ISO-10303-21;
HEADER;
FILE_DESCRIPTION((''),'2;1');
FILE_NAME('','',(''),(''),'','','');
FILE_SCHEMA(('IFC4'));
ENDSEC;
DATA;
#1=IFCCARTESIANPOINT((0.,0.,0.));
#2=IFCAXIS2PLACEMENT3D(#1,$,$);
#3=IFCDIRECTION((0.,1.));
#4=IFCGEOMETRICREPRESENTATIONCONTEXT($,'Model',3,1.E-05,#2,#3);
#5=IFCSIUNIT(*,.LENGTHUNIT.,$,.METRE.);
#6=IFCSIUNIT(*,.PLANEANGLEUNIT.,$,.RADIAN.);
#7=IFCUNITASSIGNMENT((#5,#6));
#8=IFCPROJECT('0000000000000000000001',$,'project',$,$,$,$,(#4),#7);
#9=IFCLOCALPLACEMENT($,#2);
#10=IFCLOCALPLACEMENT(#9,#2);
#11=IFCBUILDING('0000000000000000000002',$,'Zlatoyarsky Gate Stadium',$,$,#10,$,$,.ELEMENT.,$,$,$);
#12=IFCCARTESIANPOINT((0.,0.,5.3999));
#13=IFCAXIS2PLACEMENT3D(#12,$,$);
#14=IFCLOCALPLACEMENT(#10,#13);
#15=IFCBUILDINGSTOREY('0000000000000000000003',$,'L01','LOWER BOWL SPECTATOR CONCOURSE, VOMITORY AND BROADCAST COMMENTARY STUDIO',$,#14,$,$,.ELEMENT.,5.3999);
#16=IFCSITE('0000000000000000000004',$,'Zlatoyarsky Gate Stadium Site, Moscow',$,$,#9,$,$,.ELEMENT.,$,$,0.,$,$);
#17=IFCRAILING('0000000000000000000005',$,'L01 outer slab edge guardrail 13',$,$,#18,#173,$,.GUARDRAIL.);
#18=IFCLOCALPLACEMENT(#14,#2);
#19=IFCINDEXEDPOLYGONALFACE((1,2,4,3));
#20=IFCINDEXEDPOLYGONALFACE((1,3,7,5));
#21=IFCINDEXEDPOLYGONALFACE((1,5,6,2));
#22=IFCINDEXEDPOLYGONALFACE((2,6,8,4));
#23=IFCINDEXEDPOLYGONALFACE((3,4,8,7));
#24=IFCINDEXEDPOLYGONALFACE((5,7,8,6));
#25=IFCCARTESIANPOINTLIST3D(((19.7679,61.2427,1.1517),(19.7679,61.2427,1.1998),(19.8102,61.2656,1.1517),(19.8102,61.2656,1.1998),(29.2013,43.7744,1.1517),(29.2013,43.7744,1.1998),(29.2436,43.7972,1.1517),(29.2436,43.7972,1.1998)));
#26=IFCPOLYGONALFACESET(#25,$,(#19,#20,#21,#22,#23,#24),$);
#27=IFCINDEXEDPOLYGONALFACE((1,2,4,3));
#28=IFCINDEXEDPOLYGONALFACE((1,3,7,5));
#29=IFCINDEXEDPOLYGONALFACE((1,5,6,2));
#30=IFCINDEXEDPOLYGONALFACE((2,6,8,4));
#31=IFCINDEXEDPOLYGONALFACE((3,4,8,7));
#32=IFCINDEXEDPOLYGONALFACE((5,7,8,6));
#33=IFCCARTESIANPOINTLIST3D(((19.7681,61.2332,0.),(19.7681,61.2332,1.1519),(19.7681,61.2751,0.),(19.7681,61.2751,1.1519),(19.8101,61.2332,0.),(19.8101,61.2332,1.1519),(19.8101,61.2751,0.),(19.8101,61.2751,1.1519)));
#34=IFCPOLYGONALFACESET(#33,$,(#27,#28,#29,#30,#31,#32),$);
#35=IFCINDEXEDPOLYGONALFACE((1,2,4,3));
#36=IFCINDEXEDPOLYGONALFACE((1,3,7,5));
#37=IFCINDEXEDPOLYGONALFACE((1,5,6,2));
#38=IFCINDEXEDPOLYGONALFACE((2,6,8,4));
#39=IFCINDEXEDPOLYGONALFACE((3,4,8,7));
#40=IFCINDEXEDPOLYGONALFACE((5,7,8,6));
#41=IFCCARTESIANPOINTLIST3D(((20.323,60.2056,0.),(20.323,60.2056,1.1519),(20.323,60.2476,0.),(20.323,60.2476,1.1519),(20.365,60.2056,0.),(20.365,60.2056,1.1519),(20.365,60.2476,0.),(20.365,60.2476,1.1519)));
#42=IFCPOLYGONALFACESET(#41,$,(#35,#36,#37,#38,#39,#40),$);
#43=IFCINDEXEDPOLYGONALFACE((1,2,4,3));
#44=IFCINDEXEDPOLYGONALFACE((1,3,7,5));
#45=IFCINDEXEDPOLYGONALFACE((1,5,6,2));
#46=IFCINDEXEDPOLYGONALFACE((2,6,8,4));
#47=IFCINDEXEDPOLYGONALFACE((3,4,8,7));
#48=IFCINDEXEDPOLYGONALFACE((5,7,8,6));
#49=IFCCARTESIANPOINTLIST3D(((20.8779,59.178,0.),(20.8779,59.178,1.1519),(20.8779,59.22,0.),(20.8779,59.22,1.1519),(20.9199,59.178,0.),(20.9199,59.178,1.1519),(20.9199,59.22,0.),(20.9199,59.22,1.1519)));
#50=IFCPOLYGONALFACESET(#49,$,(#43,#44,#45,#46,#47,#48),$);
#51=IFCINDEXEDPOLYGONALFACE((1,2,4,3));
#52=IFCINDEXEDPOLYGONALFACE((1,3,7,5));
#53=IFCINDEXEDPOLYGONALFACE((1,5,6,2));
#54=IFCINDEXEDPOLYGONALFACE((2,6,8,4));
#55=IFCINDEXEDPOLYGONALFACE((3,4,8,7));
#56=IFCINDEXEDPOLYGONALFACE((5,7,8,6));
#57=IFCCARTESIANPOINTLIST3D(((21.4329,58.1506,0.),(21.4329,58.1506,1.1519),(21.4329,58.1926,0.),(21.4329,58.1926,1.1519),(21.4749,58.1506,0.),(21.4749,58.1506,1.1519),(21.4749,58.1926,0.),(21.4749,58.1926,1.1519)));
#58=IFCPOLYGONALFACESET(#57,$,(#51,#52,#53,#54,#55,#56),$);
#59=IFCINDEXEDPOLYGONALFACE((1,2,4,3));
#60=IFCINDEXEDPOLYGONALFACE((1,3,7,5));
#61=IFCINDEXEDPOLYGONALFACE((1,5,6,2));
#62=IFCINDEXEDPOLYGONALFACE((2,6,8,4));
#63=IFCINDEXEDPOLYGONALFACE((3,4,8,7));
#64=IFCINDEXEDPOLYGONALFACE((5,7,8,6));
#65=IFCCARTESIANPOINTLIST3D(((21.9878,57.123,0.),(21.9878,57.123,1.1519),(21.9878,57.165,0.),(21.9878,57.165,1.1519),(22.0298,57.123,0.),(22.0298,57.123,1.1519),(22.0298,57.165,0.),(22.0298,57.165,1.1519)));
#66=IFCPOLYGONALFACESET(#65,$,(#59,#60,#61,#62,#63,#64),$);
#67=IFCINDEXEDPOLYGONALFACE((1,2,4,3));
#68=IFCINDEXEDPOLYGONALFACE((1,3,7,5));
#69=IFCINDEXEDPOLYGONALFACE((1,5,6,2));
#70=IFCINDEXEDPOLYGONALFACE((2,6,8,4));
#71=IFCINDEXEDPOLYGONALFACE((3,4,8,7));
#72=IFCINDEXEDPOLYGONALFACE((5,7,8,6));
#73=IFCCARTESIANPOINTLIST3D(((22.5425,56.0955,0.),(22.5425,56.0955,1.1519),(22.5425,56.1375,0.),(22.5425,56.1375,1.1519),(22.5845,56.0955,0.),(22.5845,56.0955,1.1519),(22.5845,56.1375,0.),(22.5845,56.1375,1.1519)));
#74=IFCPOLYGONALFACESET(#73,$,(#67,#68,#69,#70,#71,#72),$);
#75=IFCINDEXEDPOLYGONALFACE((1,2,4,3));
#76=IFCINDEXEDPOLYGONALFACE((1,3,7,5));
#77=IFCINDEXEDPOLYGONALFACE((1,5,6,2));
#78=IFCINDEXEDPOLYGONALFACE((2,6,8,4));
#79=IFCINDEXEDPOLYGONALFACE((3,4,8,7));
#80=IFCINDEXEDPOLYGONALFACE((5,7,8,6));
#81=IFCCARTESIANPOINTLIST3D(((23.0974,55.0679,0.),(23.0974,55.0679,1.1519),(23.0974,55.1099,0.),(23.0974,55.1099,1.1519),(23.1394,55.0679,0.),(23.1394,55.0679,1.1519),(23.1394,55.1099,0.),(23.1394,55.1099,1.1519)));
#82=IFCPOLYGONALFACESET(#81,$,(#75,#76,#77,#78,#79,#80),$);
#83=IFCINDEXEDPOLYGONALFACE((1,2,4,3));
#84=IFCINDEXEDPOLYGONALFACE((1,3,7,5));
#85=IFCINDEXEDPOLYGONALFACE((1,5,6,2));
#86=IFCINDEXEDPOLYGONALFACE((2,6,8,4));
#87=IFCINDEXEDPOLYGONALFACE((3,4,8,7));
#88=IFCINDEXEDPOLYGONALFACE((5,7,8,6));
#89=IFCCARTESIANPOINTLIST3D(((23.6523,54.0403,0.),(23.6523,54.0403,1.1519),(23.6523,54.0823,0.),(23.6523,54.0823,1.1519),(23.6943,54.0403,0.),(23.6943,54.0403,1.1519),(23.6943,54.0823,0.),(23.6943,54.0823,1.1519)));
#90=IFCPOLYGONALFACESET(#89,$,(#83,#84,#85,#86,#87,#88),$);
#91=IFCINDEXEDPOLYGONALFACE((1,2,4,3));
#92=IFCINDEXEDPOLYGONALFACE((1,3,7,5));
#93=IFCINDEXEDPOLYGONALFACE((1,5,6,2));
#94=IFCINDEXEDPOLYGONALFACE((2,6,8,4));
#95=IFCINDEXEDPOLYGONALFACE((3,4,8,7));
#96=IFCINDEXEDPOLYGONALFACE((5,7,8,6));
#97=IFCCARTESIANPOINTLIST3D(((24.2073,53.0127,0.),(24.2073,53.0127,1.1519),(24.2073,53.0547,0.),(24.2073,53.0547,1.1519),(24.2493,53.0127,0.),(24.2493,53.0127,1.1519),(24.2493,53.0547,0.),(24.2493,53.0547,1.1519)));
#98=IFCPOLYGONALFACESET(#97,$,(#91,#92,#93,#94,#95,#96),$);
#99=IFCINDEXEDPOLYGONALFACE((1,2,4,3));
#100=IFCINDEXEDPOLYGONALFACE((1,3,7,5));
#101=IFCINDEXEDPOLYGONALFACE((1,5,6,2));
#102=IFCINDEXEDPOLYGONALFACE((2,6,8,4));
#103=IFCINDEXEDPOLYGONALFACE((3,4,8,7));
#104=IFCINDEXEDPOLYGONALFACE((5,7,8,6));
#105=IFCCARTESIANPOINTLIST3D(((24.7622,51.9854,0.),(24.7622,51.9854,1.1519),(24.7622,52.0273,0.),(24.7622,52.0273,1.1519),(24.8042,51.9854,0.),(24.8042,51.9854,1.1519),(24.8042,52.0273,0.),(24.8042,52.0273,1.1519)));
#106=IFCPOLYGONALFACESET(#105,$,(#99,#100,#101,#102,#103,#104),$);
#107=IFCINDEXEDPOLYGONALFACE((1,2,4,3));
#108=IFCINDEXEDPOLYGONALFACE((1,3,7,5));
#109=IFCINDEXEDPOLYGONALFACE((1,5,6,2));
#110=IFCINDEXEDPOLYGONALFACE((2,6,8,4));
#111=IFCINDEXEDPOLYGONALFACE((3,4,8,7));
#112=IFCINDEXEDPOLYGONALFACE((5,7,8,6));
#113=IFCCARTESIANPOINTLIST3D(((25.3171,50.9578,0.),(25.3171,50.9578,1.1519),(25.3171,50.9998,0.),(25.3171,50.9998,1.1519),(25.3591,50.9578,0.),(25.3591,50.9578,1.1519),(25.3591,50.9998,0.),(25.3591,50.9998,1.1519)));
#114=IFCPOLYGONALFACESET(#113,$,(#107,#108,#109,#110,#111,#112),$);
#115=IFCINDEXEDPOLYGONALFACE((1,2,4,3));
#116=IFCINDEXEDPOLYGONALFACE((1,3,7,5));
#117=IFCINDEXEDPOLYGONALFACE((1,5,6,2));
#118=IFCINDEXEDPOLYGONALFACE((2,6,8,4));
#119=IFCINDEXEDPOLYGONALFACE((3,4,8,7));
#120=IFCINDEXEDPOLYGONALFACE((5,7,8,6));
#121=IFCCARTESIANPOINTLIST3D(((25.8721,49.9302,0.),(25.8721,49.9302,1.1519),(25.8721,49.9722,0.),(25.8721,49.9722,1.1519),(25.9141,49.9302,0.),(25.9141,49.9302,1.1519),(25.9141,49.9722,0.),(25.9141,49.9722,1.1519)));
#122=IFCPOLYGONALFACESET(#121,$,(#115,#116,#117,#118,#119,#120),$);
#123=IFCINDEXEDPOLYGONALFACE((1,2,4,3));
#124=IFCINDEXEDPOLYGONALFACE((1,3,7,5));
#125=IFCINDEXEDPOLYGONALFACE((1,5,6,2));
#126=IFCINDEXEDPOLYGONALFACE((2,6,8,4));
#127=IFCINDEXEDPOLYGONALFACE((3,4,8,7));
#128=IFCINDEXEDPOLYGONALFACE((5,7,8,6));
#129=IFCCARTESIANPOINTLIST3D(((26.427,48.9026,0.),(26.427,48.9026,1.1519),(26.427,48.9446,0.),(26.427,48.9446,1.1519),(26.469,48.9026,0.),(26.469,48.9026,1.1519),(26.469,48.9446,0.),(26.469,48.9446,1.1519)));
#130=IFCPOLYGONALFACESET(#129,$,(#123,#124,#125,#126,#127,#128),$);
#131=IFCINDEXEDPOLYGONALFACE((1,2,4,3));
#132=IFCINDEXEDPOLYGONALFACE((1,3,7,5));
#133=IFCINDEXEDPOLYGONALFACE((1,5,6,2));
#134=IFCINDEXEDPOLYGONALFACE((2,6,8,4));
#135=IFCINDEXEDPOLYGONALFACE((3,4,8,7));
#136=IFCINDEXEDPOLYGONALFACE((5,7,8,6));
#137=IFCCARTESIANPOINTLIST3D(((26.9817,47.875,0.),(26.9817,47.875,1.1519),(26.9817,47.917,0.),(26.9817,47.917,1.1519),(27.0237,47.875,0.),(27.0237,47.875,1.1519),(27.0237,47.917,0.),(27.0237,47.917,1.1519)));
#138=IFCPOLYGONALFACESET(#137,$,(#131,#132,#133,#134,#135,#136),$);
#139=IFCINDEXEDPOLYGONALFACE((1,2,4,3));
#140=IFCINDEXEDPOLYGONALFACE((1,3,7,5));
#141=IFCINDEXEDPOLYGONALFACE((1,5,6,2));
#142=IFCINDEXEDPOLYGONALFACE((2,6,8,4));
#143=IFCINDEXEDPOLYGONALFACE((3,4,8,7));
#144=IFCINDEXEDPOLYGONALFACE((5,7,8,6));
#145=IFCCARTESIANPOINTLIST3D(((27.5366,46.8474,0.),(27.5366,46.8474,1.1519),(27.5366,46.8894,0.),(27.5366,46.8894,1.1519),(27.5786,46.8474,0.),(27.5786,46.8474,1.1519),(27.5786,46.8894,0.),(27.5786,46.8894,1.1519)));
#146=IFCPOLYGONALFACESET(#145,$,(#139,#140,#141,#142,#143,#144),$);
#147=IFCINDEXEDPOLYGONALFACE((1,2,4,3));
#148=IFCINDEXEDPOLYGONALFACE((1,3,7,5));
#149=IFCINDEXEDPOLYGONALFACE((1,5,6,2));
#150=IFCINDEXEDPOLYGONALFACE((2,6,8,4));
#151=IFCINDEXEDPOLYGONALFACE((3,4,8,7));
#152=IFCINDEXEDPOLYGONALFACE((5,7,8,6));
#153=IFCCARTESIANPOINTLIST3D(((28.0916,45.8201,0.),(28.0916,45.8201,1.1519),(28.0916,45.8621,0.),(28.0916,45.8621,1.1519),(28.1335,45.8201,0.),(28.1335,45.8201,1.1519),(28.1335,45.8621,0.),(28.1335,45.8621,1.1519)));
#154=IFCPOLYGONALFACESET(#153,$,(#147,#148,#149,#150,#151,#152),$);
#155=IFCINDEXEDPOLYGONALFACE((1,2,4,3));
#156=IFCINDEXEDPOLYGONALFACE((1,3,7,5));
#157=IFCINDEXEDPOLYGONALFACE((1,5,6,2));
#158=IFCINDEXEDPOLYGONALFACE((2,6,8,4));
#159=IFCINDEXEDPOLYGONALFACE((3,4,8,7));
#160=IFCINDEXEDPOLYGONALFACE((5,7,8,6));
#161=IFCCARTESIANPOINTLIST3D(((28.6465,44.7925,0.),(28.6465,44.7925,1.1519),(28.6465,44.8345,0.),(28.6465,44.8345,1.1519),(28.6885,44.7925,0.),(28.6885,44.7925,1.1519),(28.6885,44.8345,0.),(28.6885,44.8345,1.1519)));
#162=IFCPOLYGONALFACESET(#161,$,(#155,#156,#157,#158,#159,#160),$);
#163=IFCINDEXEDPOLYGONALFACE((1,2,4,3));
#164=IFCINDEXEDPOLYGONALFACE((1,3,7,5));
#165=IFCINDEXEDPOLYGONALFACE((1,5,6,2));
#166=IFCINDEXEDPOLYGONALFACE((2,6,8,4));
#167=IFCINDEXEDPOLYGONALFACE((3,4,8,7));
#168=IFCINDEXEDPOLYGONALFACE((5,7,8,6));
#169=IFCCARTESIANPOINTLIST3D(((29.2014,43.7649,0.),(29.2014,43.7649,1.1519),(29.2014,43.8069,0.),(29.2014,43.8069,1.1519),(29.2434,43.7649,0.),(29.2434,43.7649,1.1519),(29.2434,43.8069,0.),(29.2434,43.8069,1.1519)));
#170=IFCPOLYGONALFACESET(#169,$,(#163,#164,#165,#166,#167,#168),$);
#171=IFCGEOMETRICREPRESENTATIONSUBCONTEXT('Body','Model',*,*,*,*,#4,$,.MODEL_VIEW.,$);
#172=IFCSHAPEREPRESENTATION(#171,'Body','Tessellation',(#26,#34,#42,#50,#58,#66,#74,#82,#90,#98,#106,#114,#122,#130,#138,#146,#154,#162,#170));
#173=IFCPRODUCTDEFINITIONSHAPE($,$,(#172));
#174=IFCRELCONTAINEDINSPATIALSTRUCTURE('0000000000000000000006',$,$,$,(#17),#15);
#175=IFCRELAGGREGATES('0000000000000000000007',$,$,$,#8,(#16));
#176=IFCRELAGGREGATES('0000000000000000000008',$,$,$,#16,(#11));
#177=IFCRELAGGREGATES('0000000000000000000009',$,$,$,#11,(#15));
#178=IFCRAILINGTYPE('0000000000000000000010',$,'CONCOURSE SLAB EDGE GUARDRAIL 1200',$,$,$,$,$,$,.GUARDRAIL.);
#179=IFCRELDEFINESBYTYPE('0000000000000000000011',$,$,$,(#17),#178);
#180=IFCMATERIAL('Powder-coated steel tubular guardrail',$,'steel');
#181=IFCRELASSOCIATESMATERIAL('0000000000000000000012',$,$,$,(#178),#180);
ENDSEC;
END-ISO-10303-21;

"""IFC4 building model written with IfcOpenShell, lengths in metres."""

from ifc_helpers import new_model, si_unit, direction, frame, origin, origin_2d, place, context, subcontext, project, spatial, rectangle, extrude, material, type_object, element, save


model = new_model("IFC4")

# Units and contexts
model_context = context("Model", 3, precision=1e-05, world=origin(), true_north=direction((0.0, 1.0)))
body_context = subcontext(model_context, "Body", "Model", "MODEL_VIEW")
ifc_project = project(units=[si_unit("LENGTHUNIT", "METRE"), si_unit("PLANEANGLEUNIT", "RADIAN")], contexts=[model_context])

# Site, building, storey
site_placement = place(None, origin())
site = spatial("IfcSite", under=ifc_project, at=site_placement, Name="Zlatoyarsky Gate Stadium Site, Moscow", CompositionType="ELEMENT", RefElevation=0.0)
building_placement = place(site_placement, origin())
building = spatial("IfcBuilding", under=site, at=building_placement, Name="Zlatoyarsky Gate Stadium", CompositionType="ELEMENT")
storey_placement = place(building_placement, frame((0.0, 0.0, 5.3999)))
storey = spatial("IfcBuildingStorey", under=building, at=storey_placement, Name="L01", Description="LOWER BOWL SPECTATOR CONCOURSE, VOMITORY AND BROADCAST COMMENTARY STUDIO", CompositionType="ELEMENT", Elevation=5.3999)

# Railing
ifc_material_1 = material(Name="Powder-coated steel tubular guardrail", Category="steel")
railing_type = type_object("IfcRailingType", Name="CONCOURSE SLAB EDGE GUARDRAIL 1200", PredefinedType="GUARDRAIL", material=ifc_material_1)
railing_placement = place(storey_placement, frame((19.7891, 61.2542, 0.0)))
element("IfcRailing", 1, at=railing_placement, inside=storey, type_object=railing_type, Name="L01 outer slab edge guardrail 13", PredefinedType="GUARDRAIL", context=body_context, shape_type="SweptSolid", body=[
    extrude(rectangle(XDim=0.0481, YDim=0.0481, at=origin_2d()), frame((0.0, 0.0, 1.1758), z_axis=(0.475168, -0.879895, 0.0), x_axis=(0.879895, 0.475168, 0.0)), (0.0, 0.0, 1.0), 19.8528),
    extrude(rectangle(XDim=0.042, YDim=0.042, at=origin_2d()), origin(), (0.0, 0.0, 1.0), 1.1519),
    extrude(rectangle(XDim=0.042, YDim=0.042, at=origin_2d()), frame((0.5549, -1.0276, 0.0)), (0.0, 0.0, 1.0), 1.1519),
    extrude(rectangle(XDim=0.042, YDim=0.042, at=origin_2d()), frame((1.1099, -2.0552, 0.0)), (0.0, 0.0, 1.0), 1.1519),
    extrude(rectangle(XDim=0.042, YDim=0.042, at=origin_2d()), frame((1.6648, -3.0825, 0.0)), (0.0, 0.0, 1.0), 1.1519),
    extrude(rectangle(XDim=0.042, YDim=0.042, at=origin_2d()), frame((2.2197, -4.1101, 0.0)), (0.0, 0.0, 1.0), 1.1519),
    extrude(rectangle(XDim=0.042, YDim=0.042, at=origin_2d()), frame((2.7744, -5.1377, 0.0)), (0.0, 0.0, 1.0), 1.1519),
    extrude(rectangle(XDim=0.042, YDim=0.042, at=origin_2d()), frame((3.3293, -6.1653, 0.0)), (0.0, 0.0, 1.0), 1.1519),
    extrude(rectangle(XDim=0.042, YDim=0.042, at=origin_2d()), frame((3.8843, -7.1929, 0.0)), (0.0, 0.0, 1.0), 1.1519),
    extrude(rectangle(XDim=0.042, YDim=0.042, at=origin_2d()), frame((4.4392, -8.2205, 0.0)), (0.0, 0.0, 1.0), 1.1519),
    extrude(rectangle(XDim=0.042, YDim=0.042, at=origin_2d()), frame((4.9941, -9.2478, 0.0)), (0.0, 0.0, 1.0), 1.1519),
    extrude(rectangle(XDim=0.042, YDim=0.042, at=origin_2d()), frame((5.5491, -10.2754, 0.0)), (0.0, 0.0, 1.0), 1.1519),
    extrude(rectangle(XDim=0.042, YDim=0.042, at=origin_2d()), frame((6.104, -11.303, 0.0)), (0.0, 0.0, 1.0), 1.1519),
    extrude(rectangle(XDim=0.042, YDim=0.042, at=origin_2d()), frame((6.6589, -12.3306, 0.0)), (0.0, 0.0, 1.0), 1.1519),
    extrude(rectangle(XDim=0.042, YDim=0.042, at=origin_2d()), frame((7.2136, -13.3582, 0.0)), (0.0, 0.0, 1.0), 1.1519),
    extrude(rectangle(XDim=0.042, YDim=0.042, at=origin_2d()), frame((7.7686, -14.3857, 0.0)), (0.0, 0.0, 1.0), 1.1519),
    extrude(rectangle(XDim=0.042, YDim=0.042, at=origin_2d()), frame((8.3235, -15.4131, 0.0)), (0.0, 0.0, 1.0), 1.1519),
    extrude(rectangle(XDim=0.042, YDim=0.042, at=origin_2d()), frame((8.8784, -16.4407, 0.0)), (0.0, 0.0, 1.0), 1.1519),
    extrude(rectangle(XDim=0.042, YDim=0.042, at=origin_2d()), frame((9.4333, -17.4683, 0.0)), (0.0, 0.0, 1.0), 1.1519),
])

save(model, "model.ifc")
